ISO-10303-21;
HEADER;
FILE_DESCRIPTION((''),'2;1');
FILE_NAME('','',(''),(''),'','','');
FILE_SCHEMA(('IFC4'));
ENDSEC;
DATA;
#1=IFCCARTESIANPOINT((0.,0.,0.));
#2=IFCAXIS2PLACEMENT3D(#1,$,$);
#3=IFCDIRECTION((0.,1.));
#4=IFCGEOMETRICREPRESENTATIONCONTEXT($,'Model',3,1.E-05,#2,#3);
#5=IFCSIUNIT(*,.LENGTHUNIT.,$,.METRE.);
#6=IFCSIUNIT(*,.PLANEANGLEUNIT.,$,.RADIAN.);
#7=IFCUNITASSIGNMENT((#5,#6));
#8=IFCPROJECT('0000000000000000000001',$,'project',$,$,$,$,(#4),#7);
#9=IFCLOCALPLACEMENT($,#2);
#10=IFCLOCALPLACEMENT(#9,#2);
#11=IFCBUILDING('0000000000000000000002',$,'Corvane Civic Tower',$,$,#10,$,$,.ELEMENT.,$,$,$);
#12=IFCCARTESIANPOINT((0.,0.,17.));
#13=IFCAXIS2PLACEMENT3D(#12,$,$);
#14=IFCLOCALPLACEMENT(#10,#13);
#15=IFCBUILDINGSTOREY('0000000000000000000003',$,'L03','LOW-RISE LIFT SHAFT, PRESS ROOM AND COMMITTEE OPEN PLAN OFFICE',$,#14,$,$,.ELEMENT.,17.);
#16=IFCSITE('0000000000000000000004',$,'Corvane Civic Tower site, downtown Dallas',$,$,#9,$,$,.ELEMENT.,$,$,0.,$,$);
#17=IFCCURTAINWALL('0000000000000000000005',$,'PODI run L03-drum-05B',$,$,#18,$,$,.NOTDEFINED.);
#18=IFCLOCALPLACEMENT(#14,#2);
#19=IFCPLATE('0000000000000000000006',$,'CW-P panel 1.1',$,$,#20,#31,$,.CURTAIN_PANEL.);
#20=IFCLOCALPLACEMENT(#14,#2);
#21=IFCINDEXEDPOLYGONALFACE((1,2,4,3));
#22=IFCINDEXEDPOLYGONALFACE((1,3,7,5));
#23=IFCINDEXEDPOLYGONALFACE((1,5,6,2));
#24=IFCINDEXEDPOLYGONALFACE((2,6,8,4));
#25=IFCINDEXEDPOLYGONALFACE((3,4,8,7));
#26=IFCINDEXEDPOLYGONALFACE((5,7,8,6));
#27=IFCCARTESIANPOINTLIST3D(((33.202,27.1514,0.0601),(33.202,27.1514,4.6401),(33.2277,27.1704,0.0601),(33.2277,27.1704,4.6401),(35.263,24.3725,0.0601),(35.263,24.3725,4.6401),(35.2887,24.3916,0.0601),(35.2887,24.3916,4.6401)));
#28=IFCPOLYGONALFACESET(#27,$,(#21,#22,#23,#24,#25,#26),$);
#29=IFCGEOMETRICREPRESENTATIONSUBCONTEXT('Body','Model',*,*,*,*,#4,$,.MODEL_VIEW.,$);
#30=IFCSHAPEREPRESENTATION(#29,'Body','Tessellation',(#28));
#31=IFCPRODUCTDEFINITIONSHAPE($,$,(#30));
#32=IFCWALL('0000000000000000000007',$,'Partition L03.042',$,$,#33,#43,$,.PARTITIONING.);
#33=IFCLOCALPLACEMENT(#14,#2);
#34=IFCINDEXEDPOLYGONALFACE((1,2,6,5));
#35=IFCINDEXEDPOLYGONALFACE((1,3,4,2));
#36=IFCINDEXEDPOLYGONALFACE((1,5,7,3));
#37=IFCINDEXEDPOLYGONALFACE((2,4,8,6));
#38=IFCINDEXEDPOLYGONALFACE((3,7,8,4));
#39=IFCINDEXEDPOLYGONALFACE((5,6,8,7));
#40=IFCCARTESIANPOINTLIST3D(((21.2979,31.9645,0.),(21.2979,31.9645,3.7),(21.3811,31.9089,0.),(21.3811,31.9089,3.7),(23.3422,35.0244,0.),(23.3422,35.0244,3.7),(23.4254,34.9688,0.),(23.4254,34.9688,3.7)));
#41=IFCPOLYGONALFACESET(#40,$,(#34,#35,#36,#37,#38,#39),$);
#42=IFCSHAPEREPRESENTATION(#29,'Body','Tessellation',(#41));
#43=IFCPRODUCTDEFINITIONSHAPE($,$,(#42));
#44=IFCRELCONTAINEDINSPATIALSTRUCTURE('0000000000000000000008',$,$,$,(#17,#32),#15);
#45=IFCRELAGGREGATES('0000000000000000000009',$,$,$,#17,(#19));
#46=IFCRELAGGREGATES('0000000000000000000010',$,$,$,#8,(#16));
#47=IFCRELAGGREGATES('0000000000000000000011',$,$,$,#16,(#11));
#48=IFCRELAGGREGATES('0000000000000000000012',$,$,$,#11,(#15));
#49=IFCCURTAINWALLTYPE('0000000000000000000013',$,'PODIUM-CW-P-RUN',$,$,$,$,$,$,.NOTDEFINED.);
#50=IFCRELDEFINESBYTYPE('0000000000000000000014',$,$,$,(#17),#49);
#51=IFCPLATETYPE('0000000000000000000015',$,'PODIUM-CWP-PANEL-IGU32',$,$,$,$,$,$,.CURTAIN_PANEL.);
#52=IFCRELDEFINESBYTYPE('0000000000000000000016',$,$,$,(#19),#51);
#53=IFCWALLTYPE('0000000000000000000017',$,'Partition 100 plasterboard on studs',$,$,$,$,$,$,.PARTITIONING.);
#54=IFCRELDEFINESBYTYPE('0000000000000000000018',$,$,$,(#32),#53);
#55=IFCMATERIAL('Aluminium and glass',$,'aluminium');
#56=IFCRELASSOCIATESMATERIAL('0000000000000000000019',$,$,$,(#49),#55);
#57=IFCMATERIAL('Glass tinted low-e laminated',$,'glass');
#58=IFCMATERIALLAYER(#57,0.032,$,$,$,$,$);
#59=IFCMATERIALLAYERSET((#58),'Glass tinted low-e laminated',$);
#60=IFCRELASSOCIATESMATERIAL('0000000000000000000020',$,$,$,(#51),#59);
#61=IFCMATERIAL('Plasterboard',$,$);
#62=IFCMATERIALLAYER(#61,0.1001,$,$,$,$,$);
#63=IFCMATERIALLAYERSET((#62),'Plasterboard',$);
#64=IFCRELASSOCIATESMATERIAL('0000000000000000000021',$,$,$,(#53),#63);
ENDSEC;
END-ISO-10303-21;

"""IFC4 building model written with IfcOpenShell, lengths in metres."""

from ifc_helpers import new_model, si_unit, direction, frame, frame_2d, origin, origin_2d, place, context, subcontext, project, spatial, rectangle, extrude, material, layer, layer_set, type_object, element, aggregate, save


model = new_model("IFC4")

# Units and contexts
model_context = context("Model", 3, precision=1e-05, world=origin(), true_north=direction((0.0, 1.0)))
body_context = subcontext(model_context, "Body", "Model", "MODEL_VIEW")
ifc_project = project(units=[si_unit("LENGTHUNIT", "METRE"), si_unit("PLANEANGLEUNIT", "RADIAN")], contexts=[model_context])

# Site, building, storey
site_placement = place(None, origin())
site = spatial("IfcSite", under=ifc_project, at=site_placement, Name="Corvane Civic Tower site, downtown Dallas", CompositionType="ELEMENT", RefElevation=0.0)
building_placement = place(site_placement, origin())
building = spatial("IfcBuilding", under=site, at=building_placement, Name="Corvane Civic Tower", CompositionType="ELEMENT")
storey_placement = place(building_placement, frame((0.0, 0.0, 17.0)))
storey = spatial("IfcBuildingStorey", under=building, at=storey_placement, Name="L03", Description="LOW-RISE LIFT SHAFT, PRESS ROOM AND COMMITTEE OPEN PLAN OFFICE", CompositionType="ELEMENT", Elevation=17.0)

# Curtain wall
ifc_material_1 = material(Name="Aluminium and glass", Category="aluminium")
curtain_wall_type = type_object("IfcCurtainWallType", Name="PODIUM-CW-P-RUN", PredefinedType="NOTDEFINED", material=ifc_material_1)
curtain_wall_1_placement = place(storey_placement, origin())
curtain_wall_1 = element("IfcCurtainWall", 1, at=curtain_wall_1_placement, inside=storey, type_object=curtain_wall_type, Name="PODI run L03-drum-05B", PredefinedType="NOTDEFINED")

# Plate
ifc_material_2 = material(Name="Glass tinted low-e laminated", Category="glass")
ifc_layer_1 = layer(ifc_material_2, 0.032)
ifc_layer_set_1 = layer_set([ifc_layer_1], Name="Glass tinted low-e laminated")
plate_type = type_object("IfcPlateType", Name="PODIUM-CWP-PANEL-IGU32", PredefinedType="CURTAIN_PANEL", material=ifc_layer_set_1)
plate_1_placement = place(storey_placement, frame((34.2454, 25.7715, 0.0601), z_axis=(0.0, 0.0, 1.0), x_axis=(0.595705, -0.803203, 0.0)))
plate_1 = element("IfcPlate", 2, at=plate_1_placement, type_object=plate_type, Name="CW-P panel 1.1", PredefinedType="CURTAIN_PANEL", context=body_context, shape_type="SweptSolid", body=[
    extrude(rectangle(XDim=3.4597, YDim=0.032, at=origin_2d()), origin(), (0.0, 0.0, 1.0), 4.5801),
])
aggregate(curtain_wall_1, [plate_1])

# Wall
ifc_material_3 = material(Name="Plasterboard")
ifc_layer_2 = layer(ifc_material_3, 0.1001)
ifc_layer_set_2 = layer_set([ifc_layer_2], Name="Plasterboard")
wall_type_1 = type_object("IfcWallType", Name="Partition 100 plasterboard on studs", PredefinedType="PARTITIONING", material=ifc_layer_set_2)
wall_1_placement = place(storey_placement, frame((21.3396, 31.9368, 0.0), z_axis=(0.0, 0.0, 1.0), x_axis=(0.555511, 0.831509, 0.0)))
element("IfcWall", 3, at=wall_1_placement, inside=storey, type_object=wall_type_1, Name="Partition L03.042", PredefinedType="PARTITIONING", context=body_context, shape_type="SweptSolid", body=[
    extrude(rectangle(XDim=3.6799, YDim=0.1001, at=frame_2d((1.8398, 0.0))), origin(), (0.0, 0.0, 1.0), 3.7),
])

save(model, "model.ifc")
